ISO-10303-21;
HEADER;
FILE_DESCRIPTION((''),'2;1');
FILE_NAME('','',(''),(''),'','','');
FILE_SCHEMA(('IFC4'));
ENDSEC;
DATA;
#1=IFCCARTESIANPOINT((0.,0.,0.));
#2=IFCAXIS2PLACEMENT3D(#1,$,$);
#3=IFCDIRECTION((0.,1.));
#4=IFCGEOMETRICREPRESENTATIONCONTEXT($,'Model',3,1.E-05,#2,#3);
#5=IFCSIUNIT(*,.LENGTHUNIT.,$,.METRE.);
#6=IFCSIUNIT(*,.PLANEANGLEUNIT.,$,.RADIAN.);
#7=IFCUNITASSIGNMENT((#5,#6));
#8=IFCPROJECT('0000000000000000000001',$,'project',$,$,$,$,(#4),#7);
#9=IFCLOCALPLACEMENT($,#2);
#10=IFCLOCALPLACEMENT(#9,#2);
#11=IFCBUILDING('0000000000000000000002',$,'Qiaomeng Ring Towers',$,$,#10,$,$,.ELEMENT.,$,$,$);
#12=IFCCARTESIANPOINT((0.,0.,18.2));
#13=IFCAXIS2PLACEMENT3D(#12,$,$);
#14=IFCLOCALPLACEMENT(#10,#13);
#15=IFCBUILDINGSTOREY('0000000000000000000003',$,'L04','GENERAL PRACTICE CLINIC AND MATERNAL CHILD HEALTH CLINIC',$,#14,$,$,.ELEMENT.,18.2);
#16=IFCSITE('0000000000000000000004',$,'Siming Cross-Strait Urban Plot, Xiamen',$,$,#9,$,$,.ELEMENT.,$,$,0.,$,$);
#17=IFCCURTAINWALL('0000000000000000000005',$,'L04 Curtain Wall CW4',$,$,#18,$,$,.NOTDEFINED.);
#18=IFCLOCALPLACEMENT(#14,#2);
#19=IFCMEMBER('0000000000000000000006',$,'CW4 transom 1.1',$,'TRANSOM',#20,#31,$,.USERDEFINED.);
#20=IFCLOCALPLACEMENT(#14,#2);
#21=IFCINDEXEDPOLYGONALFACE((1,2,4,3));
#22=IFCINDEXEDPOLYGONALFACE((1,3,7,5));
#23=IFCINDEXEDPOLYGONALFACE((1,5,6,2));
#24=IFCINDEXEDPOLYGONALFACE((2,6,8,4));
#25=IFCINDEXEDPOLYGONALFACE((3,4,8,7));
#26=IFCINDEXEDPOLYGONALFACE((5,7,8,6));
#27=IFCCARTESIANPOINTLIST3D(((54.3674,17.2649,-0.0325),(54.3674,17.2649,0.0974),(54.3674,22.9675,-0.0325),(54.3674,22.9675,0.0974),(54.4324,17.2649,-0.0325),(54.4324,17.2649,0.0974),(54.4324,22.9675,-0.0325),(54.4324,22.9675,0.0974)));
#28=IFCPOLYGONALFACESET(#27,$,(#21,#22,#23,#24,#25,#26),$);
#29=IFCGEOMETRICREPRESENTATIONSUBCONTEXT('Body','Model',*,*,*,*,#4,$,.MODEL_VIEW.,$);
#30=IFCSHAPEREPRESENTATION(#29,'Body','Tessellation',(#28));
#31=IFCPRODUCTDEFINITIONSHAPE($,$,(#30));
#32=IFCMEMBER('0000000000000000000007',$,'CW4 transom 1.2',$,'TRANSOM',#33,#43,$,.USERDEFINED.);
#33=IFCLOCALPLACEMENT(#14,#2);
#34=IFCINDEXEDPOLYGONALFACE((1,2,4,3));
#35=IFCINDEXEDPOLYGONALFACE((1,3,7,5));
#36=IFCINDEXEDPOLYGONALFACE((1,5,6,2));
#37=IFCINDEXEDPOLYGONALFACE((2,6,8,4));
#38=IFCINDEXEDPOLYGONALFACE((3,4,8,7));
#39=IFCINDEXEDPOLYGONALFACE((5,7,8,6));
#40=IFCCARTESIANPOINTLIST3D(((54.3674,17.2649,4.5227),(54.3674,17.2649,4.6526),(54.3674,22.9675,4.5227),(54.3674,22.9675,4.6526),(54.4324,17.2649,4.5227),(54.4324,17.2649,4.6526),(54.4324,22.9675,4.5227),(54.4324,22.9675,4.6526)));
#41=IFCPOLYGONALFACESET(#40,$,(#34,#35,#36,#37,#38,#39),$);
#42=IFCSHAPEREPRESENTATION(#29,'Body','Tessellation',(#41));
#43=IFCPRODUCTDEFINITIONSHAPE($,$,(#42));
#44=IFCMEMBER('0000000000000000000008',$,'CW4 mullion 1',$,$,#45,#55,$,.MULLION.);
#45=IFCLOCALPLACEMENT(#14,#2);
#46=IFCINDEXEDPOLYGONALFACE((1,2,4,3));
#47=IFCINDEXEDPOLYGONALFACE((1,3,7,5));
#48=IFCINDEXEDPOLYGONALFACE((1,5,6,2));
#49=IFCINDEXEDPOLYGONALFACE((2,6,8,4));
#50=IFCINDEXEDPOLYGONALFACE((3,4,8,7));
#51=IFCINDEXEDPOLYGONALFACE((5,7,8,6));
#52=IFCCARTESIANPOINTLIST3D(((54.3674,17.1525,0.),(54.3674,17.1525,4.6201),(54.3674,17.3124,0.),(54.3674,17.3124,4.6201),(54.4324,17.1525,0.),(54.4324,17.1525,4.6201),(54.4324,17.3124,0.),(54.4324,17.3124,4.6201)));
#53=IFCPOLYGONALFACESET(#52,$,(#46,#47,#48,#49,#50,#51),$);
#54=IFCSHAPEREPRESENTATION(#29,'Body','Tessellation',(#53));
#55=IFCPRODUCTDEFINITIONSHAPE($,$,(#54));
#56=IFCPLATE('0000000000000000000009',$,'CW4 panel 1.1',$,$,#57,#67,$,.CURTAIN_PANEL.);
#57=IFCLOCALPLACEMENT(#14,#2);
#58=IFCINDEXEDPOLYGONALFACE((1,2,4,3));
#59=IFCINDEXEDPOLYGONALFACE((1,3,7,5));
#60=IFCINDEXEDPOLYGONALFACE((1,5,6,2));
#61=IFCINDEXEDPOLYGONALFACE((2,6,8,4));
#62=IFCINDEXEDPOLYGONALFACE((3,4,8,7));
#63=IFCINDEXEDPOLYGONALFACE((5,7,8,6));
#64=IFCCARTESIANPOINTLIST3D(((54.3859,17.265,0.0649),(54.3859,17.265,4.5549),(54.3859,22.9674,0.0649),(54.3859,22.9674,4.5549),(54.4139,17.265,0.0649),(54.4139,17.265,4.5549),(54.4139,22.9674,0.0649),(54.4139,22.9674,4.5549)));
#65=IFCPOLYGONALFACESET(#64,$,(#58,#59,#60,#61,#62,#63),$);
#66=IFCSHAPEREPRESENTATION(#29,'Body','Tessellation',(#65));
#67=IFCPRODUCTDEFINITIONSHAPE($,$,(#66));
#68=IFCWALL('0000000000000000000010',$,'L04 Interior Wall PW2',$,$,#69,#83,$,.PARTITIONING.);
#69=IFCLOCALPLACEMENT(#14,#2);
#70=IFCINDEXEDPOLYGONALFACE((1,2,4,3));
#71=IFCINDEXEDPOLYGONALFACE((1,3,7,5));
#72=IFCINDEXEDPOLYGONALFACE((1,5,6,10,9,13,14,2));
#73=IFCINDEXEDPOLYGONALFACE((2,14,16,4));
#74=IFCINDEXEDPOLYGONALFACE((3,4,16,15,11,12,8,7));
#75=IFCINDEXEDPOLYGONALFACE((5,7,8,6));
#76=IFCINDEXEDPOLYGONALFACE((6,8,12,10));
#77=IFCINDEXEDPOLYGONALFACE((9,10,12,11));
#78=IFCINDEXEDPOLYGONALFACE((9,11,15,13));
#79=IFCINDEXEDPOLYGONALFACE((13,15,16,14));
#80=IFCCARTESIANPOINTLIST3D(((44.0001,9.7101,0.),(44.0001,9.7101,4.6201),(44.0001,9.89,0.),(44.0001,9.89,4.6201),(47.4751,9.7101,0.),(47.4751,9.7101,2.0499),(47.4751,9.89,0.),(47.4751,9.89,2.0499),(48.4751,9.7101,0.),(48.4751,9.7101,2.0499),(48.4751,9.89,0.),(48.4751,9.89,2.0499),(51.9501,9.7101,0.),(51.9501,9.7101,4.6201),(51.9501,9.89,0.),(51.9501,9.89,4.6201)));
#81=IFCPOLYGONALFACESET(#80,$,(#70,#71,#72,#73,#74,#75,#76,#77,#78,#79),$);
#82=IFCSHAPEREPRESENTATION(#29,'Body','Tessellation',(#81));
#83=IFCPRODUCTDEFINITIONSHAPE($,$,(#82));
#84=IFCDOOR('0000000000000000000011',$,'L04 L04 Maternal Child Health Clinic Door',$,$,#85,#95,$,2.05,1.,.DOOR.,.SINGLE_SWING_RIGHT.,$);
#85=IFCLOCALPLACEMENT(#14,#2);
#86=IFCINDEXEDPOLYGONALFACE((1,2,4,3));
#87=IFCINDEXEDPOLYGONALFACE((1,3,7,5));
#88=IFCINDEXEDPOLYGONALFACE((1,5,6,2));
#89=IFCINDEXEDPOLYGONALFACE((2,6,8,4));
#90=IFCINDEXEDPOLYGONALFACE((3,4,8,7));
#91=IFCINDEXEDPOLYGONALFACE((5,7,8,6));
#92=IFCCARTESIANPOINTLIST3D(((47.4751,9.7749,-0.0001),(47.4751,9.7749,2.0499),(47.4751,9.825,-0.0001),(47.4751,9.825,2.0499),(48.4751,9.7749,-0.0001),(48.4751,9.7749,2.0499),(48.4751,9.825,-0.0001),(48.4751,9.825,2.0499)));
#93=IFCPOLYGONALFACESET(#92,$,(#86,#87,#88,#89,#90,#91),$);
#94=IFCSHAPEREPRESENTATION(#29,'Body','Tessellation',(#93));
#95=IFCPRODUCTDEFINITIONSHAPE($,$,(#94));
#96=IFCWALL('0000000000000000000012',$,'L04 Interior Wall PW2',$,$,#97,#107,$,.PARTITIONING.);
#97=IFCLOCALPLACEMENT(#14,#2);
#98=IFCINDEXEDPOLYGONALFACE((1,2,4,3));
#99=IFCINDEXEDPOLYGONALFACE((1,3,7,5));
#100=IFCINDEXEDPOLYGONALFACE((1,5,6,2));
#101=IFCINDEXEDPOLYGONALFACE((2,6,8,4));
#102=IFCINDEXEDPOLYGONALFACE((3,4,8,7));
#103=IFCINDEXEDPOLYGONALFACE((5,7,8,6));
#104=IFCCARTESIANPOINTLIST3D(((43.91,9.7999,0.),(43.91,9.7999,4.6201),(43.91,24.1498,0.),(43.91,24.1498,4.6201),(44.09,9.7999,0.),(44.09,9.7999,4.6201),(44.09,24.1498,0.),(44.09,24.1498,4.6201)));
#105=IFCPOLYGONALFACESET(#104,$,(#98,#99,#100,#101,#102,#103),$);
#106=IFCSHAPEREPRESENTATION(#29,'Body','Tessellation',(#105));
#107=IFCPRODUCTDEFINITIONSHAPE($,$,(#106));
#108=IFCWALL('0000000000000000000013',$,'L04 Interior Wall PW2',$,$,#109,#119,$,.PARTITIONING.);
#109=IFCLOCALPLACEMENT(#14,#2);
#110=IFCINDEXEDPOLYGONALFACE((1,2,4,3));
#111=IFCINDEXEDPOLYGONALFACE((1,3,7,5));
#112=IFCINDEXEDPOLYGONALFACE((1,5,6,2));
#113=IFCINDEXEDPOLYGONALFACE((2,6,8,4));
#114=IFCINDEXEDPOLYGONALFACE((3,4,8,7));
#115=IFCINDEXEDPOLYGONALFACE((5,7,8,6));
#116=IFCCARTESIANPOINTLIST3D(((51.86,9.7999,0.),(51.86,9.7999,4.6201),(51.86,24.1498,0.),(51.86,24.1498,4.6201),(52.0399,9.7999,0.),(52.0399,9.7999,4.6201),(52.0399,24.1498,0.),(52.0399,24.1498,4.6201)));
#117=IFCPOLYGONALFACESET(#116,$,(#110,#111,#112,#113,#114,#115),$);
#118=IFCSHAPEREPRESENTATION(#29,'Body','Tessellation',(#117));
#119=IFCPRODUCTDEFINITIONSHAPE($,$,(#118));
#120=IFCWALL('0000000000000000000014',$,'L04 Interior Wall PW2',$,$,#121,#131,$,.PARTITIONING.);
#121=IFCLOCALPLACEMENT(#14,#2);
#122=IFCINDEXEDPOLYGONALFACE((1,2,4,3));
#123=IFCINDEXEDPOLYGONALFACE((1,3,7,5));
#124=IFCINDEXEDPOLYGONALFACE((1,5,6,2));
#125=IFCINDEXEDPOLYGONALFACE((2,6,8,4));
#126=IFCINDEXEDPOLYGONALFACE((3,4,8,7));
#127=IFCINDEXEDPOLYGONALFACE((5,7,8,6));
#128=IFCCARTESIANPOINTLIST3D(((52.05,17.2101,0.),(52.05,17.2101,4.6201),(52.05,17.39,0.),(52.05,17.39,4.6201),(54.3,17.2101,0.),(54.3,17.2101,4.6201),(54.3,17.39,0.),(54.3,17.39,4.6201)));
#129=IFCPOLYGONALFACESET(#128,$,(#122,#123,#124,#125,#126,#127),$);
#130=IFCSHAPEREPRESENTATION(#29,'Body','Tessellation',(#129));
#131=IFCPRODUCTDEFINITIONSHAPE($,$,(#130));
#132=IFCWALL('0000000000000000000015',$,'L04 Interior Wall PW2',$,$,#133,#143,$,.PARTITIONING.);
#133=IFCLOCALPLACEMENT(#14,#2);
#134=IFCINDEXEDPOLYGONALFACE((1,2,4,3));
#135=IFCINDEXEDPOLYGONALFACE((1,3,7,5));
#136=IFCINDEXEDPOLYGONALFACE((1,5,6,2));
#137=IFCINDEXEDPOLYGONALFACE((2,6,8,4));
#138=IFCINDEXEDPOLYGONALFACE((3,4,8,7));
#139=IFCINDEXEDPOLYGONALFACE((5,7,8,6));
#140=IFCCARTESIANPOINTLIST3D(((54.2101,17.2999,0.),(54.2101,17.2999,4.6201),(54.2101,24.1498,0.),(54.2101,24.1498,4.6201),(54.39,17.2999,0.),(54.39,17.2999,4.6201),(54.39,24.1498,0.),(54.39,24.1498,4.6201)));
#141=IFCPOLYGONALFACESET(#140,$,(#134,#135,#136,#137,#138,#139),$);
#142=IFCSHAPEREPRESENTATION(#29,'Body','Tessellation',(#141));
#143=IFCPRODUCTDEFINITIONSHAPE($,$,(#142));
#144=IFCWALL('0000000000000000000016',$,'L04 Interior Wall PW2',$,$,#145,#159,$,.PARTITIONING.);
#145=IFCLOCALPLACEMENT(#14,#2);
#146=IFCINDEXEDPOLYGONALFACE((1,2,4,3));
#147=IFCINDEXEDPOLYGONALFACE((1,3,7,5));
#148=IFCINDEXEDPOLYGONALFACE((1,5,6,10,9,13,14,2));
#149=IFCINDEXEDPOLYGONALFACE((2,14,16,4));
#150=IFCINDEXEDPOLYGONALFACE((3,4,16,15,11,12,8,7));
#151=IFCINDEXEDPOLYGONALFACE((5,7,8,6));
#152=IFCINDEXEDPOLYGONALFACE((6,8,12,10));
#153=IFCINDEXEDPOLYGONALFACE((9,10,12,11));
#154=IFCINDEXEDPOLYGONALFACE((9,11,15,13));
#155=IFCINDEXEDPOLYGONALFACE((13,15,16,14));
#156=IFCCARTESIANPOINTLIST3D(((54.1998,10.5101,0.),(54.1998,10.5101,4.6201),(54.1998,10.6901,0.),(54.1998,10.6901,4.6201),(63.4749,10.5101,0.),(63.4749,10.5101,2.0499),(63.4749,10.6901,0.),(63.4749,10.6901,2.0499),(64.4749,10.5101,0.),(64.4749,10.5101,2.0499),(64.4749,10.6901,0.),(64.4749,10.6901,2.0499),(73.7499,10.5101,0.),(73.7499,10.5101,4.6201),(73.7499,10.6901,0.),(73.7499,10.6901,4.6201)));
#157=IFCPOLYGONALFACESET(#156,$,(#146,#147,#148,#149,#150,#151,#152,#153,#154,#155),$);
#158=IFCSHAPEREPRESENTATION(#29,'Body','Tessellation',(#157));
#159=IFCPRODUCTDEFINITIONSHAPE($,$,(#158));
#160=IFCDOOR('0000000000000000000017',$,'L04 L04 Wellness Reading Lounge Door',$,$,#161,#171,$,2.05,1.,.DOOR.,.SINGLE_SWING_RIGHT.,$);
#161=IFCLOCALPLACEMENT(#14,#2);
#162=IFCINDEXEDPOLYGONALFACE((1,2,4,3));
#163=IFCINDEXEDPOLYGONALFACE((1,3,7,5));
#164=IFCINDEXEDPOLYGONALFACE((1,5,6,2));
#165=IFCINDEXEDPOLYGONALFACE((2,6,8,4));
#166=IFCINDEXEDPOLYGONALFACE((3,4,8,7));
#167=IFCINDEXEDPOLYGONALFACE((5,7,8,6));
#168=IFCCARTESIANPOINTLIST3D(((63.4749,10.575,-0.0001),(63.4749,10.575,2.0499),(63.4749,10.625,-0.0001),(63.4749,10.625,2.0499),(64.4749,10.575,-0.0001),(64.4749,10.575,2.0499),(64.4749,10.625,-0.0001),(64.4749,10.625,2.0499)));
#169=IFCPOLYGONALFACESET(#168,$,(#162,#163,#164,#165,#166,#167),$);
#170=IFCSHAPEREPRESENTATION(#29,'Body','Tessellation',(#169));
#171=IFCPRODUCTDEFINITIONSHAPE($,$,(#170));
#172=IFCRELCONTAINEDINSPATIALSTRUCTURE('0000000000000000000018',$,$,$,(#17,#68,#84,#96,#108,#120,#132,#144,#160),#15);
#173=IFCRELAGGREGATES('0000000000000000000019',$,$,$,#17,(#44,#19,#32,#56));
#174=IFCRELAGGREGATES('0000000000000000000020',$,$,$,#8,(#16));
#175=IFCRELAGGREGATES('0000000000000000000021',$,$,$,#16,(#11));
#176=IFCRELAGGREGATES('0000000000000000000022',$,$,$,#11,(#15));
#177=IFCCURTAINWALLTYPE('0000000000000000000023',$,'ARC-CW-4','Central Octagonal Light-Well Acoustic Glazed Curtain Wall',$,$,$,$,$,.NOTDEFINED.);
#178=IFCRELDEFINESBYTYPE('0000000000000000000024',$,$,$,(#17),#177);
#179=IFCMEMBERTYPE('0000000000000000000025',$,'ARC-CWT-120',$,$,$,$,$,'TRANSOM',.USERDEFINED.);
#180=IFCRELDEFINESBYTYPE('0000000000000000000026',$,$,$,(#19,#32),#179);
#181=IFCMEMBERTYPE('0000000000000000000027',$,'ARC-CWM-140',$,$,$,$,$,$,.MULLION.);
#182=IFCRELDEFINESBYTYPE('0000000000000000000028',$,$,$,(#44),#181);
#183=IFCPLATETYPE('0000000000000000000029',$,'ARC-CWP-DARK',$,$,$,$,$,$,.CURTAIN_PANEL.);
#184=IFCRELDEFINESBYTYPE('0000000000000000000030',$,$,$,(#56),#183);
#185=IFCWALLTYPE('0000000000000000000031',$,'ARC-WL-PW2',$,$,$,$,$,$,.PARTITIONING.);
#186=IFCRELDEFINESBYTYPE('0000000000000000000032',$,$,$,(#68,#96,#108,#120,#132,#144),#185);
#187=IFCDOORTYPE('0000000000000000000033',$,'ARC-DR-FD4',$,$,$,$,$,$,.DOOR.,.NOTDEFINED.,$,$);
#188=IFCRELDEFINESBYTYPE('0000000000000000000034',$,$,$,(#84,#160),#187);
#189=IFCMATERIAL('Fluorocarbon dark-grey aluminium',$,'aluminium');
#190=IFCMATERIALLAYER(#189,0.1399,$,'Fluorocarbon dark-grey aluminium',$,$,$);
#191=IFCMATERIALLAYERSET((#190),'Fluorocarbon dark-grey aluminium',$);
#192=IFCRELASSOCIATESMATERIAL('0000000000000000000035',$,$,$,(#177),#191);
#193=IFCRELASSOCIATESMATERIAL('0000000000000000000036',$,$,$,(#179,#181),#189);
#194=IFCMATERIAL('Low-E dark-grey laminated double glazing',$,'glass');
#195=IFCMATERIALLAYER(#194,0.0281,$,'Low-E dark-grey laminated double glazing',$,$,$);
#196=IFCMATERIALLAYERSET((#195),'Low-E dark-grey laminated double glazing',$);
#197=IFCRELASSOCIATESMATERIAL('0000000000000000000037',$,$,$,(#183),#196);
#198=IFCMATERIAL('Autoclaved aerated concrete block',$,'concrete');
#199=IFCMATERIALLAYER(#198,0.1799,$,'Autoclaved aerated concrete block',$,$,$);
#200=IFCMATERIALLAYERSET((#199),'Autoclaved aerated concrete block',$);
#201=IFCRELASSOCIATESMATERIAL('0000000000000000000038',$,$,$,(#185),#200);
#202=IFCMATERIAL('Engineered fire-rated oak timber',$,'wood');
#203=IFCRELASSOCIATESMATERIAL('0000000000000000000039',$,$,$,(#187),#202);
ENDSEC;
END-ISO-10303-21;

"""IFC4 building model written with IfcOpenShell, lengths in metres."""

from ifc_helpers import new_model, si_unit, direction, frame, frame_2d, origin, origin_2d, place, context, subcontext, project, spatial, rectangle, extrude, source, transform, mapped, material, layer, layer_set, material_profile, profile_set, type_object, element, fill, aggregate, save


model = new_model("IFC4")

# Units and contexts
model_context = context("Model", 3, precision=1e-05, world=origin(), true_north=direction((0.0, 1.0)))
body_context = subcontext(model_context, "Body", "Model", "MODEL_VIEW")
ifc_project = project(units=[si_unit("LENGTHUNIT", "METRE"), si_unit("PLANEANGLEUNIT", "RADIAN")], contexts=[model_context])

# Site, building, storey
site_placement = place(None, origin())
site = spatial("IfcSite", under=ifc_project, at=site_placement, Name="Siming Cross-Strait Urban Plot, Xiamen", CompositionType="ELEMENT", RefElevation=0.0)
building_placement = place(site_placement, origin())
building = spatial("IfcBuilding", under=site, at=building_placement, Name="Qiaomeng Ring Towers", CompositionType="ELEMENT")
storey_placement = place(building_placement, frame((0.0, 0.0, 18.2)))
storey = spatial("IfcBuildingStorey", under=building, at=storey_placement, Name="L04", Description="GENERAL PRACTICE CLINIC AND MATERNAL CHILD HEALTH CLINIC", CompositionType="ELEMENT", Elevation=18.2)

# Curtain wall, members, plate
ifc_material_1 = material(Name="Fluorocarbon dark-grey aluminium", Category="aluminium")
ifc_layer_1 = layer(ifc_material_1, 0.1399, Name="Fluorocarbon dark-grey aluminium")
ifc_layer_set_1 = layer_set([ifc_layer_1], Name="Fluorocarbon dark-grey aluminium")
curtain_wall_type = type_object("IfcCurtainWallType", Name="ARC-CW-4", Description="Central Octagonal Light-Well Acoustic Glazed Curtain Wall", PredefinedType="NOTDEFINED", material=ifc_layer_set_1)
curtain_wall_placement = place(storey_placement, origin())
curtain_wall = element("IfcCurtainWall", 1, at=curtain_wall_placement, inside=storey, type_object=curtain_wall_type, Name="L04 Curtain Wall CW4", PredefinedType="NOTDEFINED")
ifc_material_profile_1 = material_profile(ifc_material_1, rectangle(XDim=0.0649, YDim=0.1299, at=origin_2d()), Name="ALU TRAN 65x130")
ifc_profile_set_1 = profile_set([ifc_material_profile_1], Name="Fluorocarbon dark-grey aluminium")
member_type_1 = type_object("IfcMemberType", Name="ARC-CWT-120", ElementType="TRANSOM", PredefinedType="USERDEFINED", material=ifc_profile_set_1)
shared_shape_1 = source(origin(), body_context, "Body", "SweptSolid", [
    extrude(rectangle(XDim=0.0649, YDim=0.1299, at=origin_2d()), origin(), (0.0, 0.0, 1.0), 5.7026),
])
member_1_placement = place(storey_placement, frame((54.3999, 17.2649, 0.0325), z_axis=(0.0, 1.0, 0.0), x_axis=(-1.0, 0.0, 0.0)))
member_1 = element("IfcMember", 2, at=member_1_placement, type_object=member_type_1, Name="CW4 transom 1.1", ObjectType="TRANSOM", PredefinedType="USERDEFINED", context=body_context, shape_type="MappedRepresentation", body=[
    mapped(shared_shape_1, transform((0.0, 0.0, 0.0), x_axis=(1.0, 0.0, 0.0), y_axis=(0.0, 1.0, 0.0), z_axis=(0.0, 0.0, 1.0), scale=1.0)),
])
member_2_placement = place(storey_placement, frame((54.3999, 17.2649, 4.5876), z_axis=(0.0, 1.0, 0.0), x_axis=(-1.0, 0.0, 0.0)))
member_2 = element("IfcMember", 3, at=member_2_placement, type_object=member_type_1, Name="CW4 transom 1.2", ObjectType="TRANSOM", PredefinedType="USERDEFINED", context=body_context, shape_type="MappedRepresentation", body=[
    mapped(shared_shape_1, transform((0.0, 0.0, 0.0), x_axis=(1.0, 0.0, 0.0), y_axis=(0.0, 1.0, 0.0), z_axis=(0.0, 0.0, 1.0), scale=1.0)),
])
ifc_material_profile_2 = material_profile(ifc_material_1, rectangle(XDim=0.0649, YDim=0.1599, at=origin_2d()), Name="ALU MULL 65x160")
ifc_profile_set_2 = profile_set([ifc_material_profile_2], Name="Fluorocarbon dark-grey aluminium")
member_type_2 = type_object("IfcMemberType", Name="ARC-CWM-140", PredefinedType="MULLION", material=ifc_profile_set_2)
shared_shape_2 = source(origin(), body_context, "Body", "SweptSolid", [
    extrude(rectangle(XDim=0.0649, YDim=0.1599, at=origin_2d()), origin(), (0.0, 0.0, 1.0), 4.6201),
])
member_3_placement = place(storey_placement, frame((54.3999, 17.2324, 0.0), z_axis=(0.0, 0.0, 1.0), x_axis=(-1.0, 0.0, 0.0)))
member_3 = element("IfcMember", 4, at=member_3_placement, type_object=member_type_2, Name="CW4 mullion 1", PredefinedType="MULLION", context=body_context, shape_type="MappedRepresentation", body=[
    mapped(shared_shape_2, transform((0.0, 0.0, 0.0), x_axis=(1.0, 0.0, 0.0), y_axis=(0.0, 1.0, 0.0), z_axis=(0.0, 0.0, 1.0), scale=1.0)),
])
ifc_material_2 = material(Name="Low-E dark-grey laminated double glazing", Category="glass")
ifc_layer_2 = layer(ifc_material_2, 0.0281, Name="Low-E dark-grey laminated double glazing")
ifc_layer_set_2 = layer_set([ifc_layer_2], Name="Low-E dark-grey laminated double glazing")
plate_type = type_object("IfcPlateType", Name="ARC-CWP-DARK", PredefinedType="CURTAIN_PANEL", material=ifc_layer_set_2)
shared_shape_3 = source(origin(), body_context, "Body", "SweptSolid", [
    extrude(rectangle(XDim=5.7024, YDim=0.0281, at=origin_2d()), origin(), (0.0, 0.0, 1.0), 4.49),
])
plate_placement = place(storey_placement, frame((54.3999, 20.1162, 0.0649), z_axis=(0.0, 0.0, 1.0), x_axis=(0.0, 1.0, 0.0)))
plate = element("IfcPlate", 5, at=plate_placement, type_object=plate_type, Name="CW4 panel 1.1", PredefinedType="CURTAIN_PANEL", context=body_context, shape_type="MappedRepresentation", body=[
    mapped(shared_shape_3, transform((0.0, 0.0, 0.0), x_axis=(1.0, 0.0, 0.0), y_axis=(0.0, 1.0, 0.0), z_axis=(0.0, 0.0, 1.0), scale=1.0)),
])
aggregate(curtain_wall, [member_3, member_1, member_2, plate])

# Wall, opening, door
ifc_material_3 = material(Name="Autoclaved aerated concrete block", Category="concrete")
ifc_layer_3 = layer(ifc_material_3, 0.1799, Name="Autoclaved aerated concrete block")
ifc_layer_set_3 = layer_set([ifc_layer_3], Name="Autoclaved aerated concrete block")
wall_type_1 = type_object("IfcWallType", Name="ARC-WL-PW2", PredefinedType="PARTITIONING", material=ifc_layer_set_3)
wall_1_placement = place(storey_placement, frame((44.0, 9.8, 0.0), z_axis=(0.0, 0.0, 1.0), x_axis=(1.0, 0.0, 0.0)))
wall_1 = element("IfcWall", 6, at=wall_1_placement, inside=storey, type_object=wall_type_1, Name="L04 Interior Wall PW2", PredefinedType="PARTITIONING", context=body_context, shape_type="SweptSolid", body=[
    extrude(rectangle(XDim=7.95, YDim=0.1799, at=frame_2d((3.9751, 0.0))), origin(), (0.0, 0.0, 1.0), 4.6201),
])
opening_1_placement = place(wall_1_placement, frame((3.4751, 0.0, 0.0)))
opening_1 = element("IfcOpeningElement", 7, at=opening_1_placement, cuts=wall_1, PredefinedType="OPENING", context=body_context, shape_type="SweptSolid", body=[
    extrude(rectangle(XDim=1.0, YDim=2.05, at=frame_2d((0.5, 1.0249))), frame((0.0, 0.0999, 0.0), z_axis=(0.0, -1.0, 0.0), x_axis=(1.0, 0.0, 0.0)), (0.0, 0.0, 1.0), 0.2),
])
ifc_material_4 = material(Name="Engineered fire-rated oak timber", Category="wood")
door_type_1 = type_object("IfcDoorType", Name="ARC-DR-FD4", OperationType="NOTDEFINED", PredefinedType="DOOR", material=ifc_material_4)
shared_shape_4 = source(origin(), body_context, "Body", "SweptSolid", [
    extrude(rectangle(XDim=1.0, YDim=2.05, at=frame_2d((0.5, 1.0249))), frame((0.0, 0.0249, 0.0), z_axis=(0.0, -1.0, 0.0), x_axis=(1.0, 0.0, 0.0)), (0.0, 0.0, 1.0), 0.05),
])
door_1_placement = place(opening_1_placement, origin())
door_1 = element("IfcDoor", 8, at=door_1_placement, inside=storey, type_object=door_type_1, Name="L04 L04 Maternal Child Health Clinic Door", OperationType="SINGLE_SWING_RIGHT", OverallHeight=2.05, OverallWidth=1.0, PredefinedType="DOOR", context=body_context, shape_type="MappedRepresentation", body=[
    mapped(shared_shape_4, transform((0.0, 0.0, 0.0), x_axis=(1.0, 0.0, 0.0), y_axis=(0.0, 1.0, 0.0), z_axis=(0.0, 0.0, 1.0), scale=1.0)),
])
fill(opening_1, door_1)

# Walls
for number, where, z_axis, x_axis, name in (
    (9, (44.0, 9.8, 0.0), (0.0, 0.0, 1.0), (0.0, 1.0, 0.0), "L04 Interior Wall PW2"),
    (10, (51.95, 9.8, 0.0), (0.0, 0.0, 1.0), (0.0, 1.0, 0.0), "L04 Interior Wall PW2"),
):
    element("IfcWall", number, at=place(storey_placement, frame(where, z_axis=z_axis, x_axis=x_axis)), inside=storey, type_object=wall_type_1, Name=name, PredefinedType="PARTITIONING", context=body_context, shape_type="SweptSolid", body=[
        extrude(rectangle(XDim=14.3499, YDim=0.1799, at=frame_2d((7.1748, 0.0))), origin(), (0.0, 0.0, 1.0), 4.6201),
    ])
wall_2_placement = place(storey_placement, frame((52.05, 17.3, 0.0), z_axis=(0.0, 0.0, 1.0), x_axis=(1.0, 0.0, 0.0)))
element("IfcWall", 11, at=wall_2_placement, inside=storey, type_object=wall_type_1, Name="L04 Interior Wall PW2", PredefinedType="PARTITIONING", context=body_context, shape_type="SweptSolid", body=[
    extrude(rectangle(XDim=2.25, YDim=0.1799, at=frame_2d((1.125, 0.0))), origin(), (0.0, 0.0, 1.0), 4.6201),
])
wall_3_placement = place(storey_placement, frame((54.3, 17.3, 0.0), z_axis=(0.0, 0.0, 1.0), x_axis=(0.0, 1.0, 0.0)))
element("IfcWall", 12, at=wall_3_placement, inside=storey, type_object=wall_type_1, Name="L04 Interior Wall PW2", PredefinedType="PARTITIONING", context=body_context, shape_type="SweptSolid", body=[
    extrude(rectangle(XDim=6.8499, YDim=0.1799, at=frame_2d((3.4248, 0.0))), origin(), (0.0, 0.0, 1.0), 4.6201),
])

# Wall, opening, door
wall_4_placement = place(storey_placement, frame((54.2, 10.6001, 0.0), z_axis=(0.0, 0.0, 1.0), x_axis=(1.0, 0.0, 0.0)))
wall_4 = element("IfcWall", 13, at=wall_4_placement, inside=storey, type_object=wall_type_1, Name="L04 Interior Wall PW2", PredefinedType="PARTITIONING", context=body_context, shape_type="SweptSolid", body=[
    extrude(rectangle(XDim=19.55, YDim=0.1799, at=frame_2d((9.7749, 0.0))), origin(), (0.0, 0.0, 1.0), 4.6201),
])
opening_2_placement = place(wall_4_placement, frame((9.2749, 0.0, 0.0)))
opening_2 = element("IfcOpeningElement", 14, at=opening_2_placement, cuts=wall_4, PredefinedType="OPENING", context=body_context, shape_type="SweptSolid", body=[
    extrude(rectangle(XDim=1.0, YDim=2.05, at=frame_2d((0.5, 1.0249))), frame((0.0, 0.0999, 0.0), z_axis=(0.0, -1.0, 0.0), x_axis=(1.0, 0.0, 0.0)), (0.0, 0.0, 1.0), 0.2),
])
door_2_placement = place(opening_2_placement, origin())
door_2 = element("IfcDoor", 15, at=door_2_placement, inside=storey, type_object=door_type_1, Name="L04 L04 Wellness Reading Lounge Door", OperationType="SINGLE_SWING_RIGHT", OverallHeight=2.05, OverallWidth=1.0, PredefinedType="DOOR", context=body_context, shape_type="MappedRepresentation", body=[
    mapped(shared_shape_4, transform((0.0, 0.0, 0.0), x_axis=(1.0, 0.0, 0.0), y_axis=(0.0, 1.0, 0.0), z_axis=(0.0, 0.0, 1.0), scale=1.0)),
])
fill(opening_2, door_2)

save(model, "model.ifc")
